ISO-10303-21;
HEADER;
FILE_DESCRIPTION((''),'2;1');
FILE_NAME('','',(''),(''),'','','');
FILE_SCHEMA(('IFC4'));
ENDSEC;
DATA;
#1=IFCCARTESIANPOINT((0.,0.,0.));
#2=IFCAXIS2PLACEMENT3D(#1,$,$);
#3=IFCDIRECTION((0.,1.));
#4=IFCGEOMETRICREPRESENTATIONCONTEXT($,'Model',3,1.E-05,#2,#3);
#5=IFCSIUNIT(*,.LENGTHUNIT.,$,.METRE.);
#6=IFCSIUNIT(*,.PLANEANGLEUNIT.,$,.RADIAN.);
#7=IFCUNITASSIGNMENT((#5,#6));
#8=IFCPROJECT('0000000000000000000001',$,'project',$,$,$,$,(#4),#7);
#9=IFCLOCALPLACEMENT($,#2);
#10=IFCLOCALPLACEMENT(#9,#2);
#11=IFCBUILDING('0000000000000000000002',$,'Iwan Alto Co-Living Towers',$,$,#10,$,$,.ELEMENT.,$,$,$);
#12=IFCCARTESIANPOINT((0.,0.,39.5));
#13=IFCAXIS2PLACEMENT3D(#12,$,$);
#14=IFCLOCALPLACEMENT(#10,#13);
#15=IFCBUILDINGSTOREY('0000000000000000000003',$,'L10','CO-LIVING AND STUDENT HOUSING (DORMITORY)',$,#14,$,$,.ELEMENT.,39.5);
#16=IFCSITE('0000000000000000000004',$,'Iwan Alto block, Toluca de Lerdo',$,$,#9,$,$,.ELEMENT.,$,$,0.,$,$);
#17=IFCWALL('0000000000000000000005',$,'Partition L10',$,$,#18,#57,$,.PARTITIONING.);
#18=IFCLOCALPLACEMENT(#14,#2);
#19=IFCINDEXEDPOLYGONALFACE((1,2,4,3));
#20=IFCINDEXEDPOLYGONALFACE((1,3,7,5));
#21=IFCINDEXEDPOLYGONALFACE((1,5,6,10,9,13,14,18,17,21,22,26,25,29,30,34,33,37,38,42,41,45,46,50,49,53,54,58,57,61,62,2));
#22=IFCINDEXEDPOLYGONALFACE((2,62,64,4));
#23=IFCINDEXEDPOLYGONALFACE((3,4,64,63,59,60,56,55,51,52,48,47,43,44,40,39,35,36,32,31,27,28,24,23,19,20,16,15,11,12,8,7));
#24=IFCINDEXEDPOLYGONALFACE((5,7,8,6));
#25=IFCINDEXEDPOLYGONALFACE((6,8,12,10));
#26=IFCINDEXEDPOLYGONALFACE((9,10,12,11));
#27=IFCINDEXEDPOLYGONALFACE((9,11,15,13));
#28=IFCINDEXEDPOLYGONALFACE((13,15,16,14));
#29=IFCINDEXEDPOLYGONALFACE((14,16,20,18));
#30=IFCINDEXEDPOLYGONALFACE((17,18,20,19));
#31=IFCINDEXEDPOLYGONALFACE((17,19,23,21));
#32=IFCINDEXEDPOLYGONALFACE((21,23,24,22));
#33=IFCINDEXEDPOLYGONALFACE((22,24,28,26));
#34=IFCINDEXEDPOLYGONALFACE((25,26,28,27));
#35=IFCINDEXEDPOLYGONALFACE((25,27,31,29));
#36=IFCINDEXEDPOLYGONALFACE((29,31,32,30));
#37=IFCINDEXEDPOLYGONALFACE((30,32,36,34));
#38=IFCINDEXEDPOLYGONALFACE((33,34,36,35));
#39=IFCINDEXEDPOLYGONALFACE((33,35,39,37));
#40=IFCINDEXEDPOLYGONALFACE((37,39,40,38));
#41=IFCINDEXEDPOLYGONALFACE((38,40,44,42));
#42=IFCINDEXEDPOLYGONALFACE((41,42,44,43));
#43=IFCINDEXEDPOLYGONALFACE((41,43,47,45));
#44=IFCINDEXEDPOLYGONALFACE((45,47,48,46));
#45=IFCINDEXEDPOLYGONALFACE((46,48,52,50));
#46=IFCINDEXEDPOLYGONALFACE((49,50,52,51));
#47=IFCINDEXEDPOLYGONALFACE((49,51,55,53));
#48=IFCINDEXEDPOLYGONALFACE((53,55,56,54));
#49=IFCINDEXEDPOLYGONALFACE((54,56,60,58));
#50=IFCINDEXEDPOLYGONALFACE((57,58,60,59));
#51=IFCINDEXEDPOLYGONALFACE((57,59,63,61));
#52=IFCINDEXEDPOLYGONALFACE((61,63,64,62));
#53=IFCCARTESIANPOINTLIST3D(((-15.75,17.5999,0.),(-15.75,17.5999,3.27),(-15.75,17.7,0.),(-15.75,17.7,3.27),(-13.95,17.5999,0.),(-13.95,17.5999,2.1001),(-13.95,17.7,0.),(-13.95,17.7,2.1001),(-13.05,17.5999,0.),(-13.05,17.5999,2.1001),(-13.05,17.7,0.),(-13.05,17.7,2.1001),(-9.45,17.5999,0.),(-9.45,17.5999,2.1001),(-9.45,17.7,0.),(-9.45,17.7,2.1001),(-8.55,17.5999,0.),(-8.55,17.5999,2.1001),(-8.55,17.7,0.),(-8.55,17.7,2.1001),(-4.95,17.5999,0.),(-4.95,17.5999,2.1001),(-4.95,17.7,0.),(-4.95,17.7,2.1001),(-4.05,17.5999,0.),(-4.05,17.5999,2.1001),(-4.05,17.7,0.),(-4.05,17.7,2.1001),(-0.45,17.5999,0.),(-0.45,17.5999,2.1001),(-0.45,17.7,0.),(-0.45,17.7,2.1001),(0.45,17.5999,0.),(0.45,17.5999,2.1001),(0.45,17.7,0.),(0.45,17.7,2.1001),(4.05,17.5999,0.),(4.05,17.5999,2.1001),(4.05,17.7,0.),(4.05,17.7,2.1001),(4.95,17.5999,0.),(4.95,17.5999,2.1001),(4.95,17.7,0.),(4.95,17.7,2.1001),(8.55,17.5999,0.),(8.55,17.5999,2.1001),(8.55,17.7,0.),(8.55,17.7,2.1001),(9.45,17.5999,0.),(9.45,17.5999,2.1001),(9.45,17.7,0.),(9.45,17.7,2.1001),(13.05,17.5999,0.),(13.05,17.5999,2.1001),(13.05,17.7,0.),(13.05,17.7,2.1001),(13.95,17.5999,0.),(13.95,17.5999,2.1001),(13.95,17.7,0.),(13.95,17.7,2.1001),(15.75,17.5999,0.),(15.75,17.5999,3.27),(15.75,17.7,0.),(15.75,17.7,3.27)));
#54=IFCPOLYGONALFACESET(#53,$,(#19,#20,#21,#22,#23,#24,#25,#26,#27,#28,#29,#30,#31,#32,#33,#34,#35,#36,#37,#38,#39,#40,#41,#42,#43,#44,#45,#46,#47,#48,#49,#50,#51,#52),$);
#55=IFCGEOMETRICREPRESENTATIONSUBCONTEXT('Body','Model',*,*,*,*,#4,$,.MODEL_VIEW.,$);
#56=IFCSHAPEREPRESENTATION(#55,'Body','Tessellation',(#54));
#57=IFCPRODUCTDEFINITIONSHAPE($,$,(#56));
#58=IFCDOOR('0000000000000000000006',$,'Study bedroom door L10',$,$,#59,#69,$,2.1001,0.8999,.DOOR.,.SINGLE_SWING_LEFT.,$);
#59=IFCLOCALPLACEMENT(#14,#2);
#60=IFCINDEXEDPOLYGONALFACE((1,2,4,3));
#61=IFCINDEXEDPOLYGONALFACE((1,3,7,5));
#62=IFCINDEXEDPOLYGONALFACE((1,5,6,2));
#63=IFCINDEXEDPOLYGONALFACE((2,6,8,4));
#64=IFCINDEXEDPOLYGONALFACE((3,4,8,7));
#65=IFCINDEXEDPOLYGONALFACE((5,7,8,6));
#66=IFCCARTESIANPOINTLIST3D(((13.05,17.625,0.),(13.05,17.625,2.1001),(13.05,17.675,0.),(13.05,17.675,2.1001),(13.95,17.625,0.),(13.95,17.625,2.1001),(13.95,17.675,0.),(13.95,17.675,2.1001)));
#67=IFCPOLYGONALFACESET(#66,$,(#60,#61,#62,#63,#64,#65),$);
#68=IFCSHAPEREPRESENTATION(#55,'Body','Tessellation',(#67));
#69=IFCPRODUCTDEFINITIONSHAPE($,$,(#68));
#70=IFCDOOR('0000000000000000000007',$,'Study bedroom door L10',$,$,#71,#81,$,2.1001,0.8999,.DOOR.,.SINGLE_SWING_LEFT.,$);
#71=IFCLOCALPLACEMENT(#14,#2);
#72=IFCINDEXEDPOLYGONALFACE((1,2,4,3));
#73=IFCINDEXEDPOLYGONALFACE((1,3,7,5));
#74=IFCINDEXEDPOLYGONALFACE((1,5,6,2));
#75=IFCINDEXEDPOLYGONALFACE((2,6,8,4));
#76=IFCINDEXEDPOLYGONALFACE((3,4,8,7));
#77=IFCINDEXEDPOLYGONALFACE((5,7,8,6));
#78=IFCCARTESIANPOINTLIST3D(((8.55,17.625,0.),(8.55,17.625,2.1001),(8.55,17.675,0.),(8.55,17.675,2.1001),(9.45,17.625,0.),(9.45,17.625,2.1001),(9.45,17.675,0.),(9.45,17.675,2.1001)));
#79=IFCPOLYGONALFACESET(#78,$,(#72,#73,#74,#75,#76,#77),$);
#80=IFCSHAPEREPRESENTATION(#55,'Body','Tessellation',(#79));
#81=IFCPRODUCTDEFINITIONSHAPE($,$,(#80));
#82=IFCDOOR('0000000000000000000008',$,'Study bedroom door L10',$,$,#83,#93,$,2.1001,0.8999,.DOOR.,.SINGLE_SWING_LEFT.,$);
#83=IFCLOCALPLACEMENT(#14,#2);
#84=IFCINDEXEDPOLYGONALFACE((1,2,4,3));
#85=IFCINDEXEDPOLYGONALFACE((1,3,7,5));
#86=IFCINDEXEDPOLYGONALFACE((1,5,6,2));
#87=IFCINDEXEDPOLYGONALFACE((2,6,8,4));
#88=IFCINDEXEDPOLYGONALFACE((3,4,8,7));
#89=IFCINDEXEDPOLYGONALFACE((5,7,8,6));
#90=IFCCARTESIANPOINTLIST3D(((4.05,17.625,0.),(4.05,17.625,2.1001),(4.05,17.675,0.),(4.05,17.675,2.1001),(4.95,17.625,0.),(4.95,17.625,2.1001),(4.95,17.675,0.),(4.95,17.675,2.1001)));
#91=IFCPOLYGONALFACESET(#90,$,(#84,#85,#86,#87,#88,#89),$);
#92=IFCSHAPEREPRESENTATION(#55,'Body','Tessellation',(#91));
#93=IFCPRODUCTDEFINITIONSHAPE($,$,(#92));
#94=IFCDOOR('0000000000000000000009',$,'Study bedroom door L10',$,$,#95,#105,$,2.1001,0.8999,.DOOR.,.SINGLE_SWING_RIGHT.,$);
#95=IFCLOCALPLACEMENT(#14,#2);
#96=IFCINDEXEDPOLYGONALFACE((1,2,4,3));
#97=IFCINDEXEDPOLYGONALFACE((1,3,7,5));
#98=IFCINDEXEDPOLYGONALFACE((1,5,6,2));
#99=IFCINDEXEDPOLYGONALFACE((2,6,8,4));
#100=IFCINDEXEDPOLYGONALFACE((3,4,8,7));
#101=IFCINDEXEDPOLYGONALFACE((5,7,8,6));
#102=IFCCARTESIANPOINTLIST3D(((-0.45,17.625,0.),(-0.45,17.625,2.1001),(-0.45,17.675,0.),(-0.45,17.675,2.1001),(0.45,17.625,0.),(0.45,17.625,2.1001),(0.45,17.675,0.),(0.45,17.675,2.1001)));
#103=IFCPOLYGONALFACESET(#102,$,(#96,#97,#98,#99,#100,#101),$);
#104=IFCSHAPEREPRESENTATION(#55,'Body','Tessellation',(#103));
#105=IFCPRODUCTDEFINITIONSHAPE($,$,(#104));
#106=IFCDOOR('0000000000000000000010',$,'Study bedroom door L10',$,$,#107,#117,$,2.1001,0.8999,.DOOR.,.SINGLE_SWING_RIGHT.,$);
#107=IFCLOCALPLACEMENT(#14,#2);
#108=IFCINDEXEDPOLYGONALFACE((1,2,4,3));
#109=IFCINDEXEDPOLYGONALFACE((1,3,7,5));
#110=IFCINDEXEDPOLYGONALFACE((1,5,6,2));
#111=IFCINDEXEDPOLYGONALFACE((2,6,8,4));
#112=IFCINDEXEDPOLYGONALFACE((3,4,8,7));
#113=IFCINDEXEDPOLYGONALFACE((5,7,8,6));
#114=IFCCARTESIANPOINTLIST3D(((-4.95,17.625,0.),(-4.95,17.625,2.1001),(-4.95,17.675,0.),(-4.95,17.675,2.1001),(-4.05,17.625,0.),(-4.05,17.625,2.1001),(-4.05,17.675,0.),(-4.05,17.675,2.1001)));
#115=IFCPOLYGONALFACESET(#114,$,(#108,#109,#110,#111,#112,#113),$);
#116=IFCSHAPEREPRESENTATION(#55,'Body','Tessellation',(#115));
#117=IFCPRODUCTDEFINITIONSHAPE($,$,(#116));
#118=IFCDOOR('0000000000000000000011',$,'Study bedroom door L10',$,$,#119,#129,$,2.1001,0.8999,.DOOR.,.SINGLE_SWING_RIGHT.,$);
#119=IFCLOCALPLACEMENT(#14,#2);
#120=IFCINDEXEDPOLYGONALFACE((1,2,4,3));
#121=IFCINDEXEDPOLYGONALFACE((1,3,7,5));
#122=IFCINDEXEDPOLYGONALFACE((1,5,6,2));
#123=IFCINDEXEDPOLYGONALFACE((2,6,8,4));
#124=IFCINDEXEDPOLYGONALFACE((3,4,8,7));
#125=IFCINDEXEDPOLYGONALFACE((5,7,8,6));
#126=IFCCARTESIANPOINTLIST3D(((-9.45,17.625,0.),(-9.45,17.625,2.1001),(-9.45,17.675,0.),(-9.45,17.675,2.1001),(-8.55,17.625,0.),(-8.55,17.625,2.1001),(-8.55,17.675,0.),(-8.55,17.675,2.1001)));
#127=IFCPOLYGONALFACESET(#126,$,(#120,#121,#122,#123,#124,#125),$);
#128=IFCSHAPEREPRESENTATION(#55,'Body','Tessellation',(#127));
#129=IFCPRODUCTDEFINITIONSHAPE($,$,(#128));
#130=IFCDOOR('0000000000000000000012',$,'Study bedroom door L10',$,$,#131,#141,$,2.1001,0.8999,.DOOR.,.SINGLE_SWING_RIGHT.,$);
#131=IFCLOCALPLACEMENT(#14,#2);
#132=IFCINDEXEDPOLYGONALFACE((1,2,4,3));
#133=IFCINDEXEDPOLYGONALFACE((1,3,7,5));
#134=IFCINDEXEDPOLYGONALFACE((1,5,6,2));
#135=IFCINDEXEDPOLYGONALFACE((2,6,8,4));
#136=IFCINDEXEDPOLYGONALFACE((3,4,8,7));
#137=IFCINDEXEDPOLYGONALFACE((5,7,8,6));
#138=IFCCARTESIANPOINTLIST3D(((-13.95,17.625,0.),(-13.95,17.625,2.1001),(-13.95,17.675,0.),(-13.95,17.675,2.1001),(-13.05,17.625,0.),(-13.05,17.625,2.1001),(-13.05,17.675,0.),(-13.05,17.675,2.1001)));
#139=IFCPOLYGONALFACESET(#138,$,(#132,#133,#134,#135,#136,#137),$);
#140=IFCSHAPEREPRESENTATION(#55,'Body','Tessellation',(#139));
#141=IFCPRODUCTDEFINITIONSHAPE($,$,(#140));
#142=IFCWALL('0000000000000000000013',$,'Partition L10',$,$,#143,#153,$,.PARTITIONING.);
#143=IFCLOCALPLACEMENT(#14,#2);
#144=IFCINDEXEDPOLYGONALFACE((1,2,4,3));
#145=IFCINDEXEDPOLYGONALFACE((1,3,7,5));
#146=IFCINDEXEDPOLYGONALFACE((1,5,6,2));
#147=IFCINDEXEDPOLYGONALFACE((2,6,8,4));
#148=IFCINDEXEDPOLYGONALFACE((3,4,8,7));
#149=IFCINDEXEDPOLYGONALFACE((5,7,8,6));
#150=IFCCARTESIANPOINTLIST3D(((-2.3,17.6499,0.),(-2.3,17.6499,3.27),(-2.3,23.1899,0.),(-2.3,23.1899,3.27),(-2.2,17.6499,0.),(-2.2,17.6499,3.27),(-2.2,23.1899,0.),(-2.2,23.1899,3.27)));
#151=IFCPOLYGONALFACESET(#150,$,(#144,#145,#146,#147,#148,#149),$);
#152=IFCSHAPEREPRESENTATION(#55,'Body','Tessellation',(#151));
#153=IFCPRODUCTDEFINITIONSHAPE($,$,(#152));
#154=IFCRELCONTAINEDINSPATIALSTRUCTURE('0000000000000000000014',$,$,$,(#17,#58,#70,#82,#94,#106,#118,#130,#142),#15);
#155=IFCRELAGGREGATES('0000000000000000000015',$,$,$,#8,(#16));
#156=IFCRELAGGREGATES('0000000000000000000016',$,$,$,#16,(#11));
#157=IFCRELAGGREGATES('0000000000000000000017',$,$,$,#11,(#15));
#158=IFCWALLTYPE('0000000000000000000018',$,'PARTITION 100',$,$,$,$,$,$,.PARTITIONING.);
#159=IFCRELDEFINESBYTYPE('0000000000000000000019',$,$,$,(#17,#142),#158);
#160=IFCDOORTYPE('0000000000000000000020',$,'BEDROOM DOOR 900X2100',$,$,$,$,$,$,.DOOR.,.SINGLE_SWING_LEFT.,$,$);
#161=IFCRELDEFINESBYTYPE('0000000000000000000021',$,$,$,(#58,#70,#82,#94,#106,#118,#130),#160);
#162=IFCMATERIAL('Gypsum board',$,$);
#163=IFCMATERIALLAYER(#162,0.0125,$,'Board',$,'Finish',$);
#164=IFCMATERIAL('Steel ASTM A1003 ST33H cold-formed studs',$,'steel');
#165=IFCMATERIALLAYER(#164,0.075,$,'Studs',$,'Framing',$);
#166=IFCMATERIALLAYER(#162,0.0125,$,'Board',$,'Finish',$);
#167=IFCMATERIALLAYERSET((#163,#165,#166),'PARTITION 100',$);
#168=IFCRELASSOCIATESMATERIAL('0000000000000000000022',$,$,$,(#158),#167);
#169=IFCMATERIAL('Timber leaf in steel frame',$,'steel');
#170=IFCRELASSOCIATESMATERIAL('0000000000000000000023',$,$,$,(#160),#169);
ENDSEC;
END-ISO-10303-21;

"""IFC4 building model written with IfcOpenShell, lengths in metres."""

from ifc_helpers import new_model, si_unit, direction, frame, frame_2d, origin, place, context, subcontext, project, spatial, rectangle, extrude, material, layer, layer_set, type_object, element, fill, save


model = new_model("IFC4")

# Units and contexts
model_context = context("Model", 3, precision=1e-05, world=origin(), true_north=direction((0.0, 1.0)))
body_context = subcontext(model_context, "Body", "Model", "MODEL_VIEW")
ifc_project = project(units=[si_unit("LENGTHUNIT", "METRE"), si_unit("PLANEANGLEUNIT", "RADIAN")], contexts=[model_context])

# Site, building, storey
site_placement = place(None, origin())
site = spatial("IfcSite", under=ifc_project, at=site_placement, Name="Iwan Alto block, Toluca de Lerdo", CompositionType="ELEMENT", RefElevation=0.0)
building_placement = place(site_placement, origin())
building = spatial("IfcBuilding", under=site, at=building_placement, Name="Iwan Alto Co-Living Towers", CompositionType="ELEMENT")
storey_placement = place(building_placement, frame((0.0, 0.0, 39.5)))
storey = spatial("IfcBuildingStorey", under=building, at=storey_placement, Name="L10", Description="CO-LIVING AND STUDENT HOUSING (DORMITORY)", CompositionType="ELEMENT", Elevation=39.5)

# Wall, openings, doors
ifc_material_1 = material(Name="Gypsum board")
ifc_layer_1 = layer(ifc_material_1, 0.0125, Name="Board", Category="Finish")
ifc_material_2 = material(Name="Steel ASTM A1003 ST33H cold-formed studs", Category="steel")
ifc_layer_2 = layer(ifc_material_2, 0.075, Name="Studs", Category="Framing")
ifc_layer_3 = layer(ifc_material_1, 0.0125, Name="Board", Category="Finish")
ifc_layer_set_1 = layer_set([ifc_layer_1, ifc_layer_2, ifc_layer_3], Name="PARTITION 100")
wall_type = type_object("IfcWallType", Name="PARTITION 100", PredefinedType="PARTITIONING", material=ifc_layer_set_1)
wall_placement = place(storey_placement, frame((-15.75, 17.6499, 0.0), z_axis=(0.0, 0.0, 1.0), x_axis=(1.0, 0.0, 0.0)))
wall = element("IfcWall", 1, at=wall_placement, inside=storey, type_object=wall_type, Name="Partition L10", PredefinedType="PARTITIONING", context=body_context, shape_type="SweptSolid", body=[
    extrude(rectangle(XDim=31.5, YDim=0.1001, at=frame_2d((15.75, 0.0))), origin(), (0.0, 0.0, 1.0), 3.27),
])
opening_1_placement = place(wall_placement, frame((28.8, 0.0, 0.0)))
opening_1 = element("IfcOpeningElement", 2, at=opening_1_placement, cuts=wall, PredefinedType="OPENING", context=body_context, shape_type="SweptSolid", body=[
    extrude(rectangle(XDim=0.8999, YDim=2.1001, at=frame_2d((0.45, 1.05))), frame((0.0, 0.0601, 0.0), z_axis=(0.0, -1.0, 0.0), x_axis=(1.0, 0.0, 0.0)), (0.0, 0.0, 1.0), 0.1201),
])
opening_2_placement = place(wall_placement, frame((24.3, 0.0, 0.0)))
opening_2 = element("IfcOpeningElement", 3, at=opening_2_placement, cuts=wall, PredefinedType="OPENING", context=body_context, shape_type="SweptSolid", body=[
    extrude(rectangle(XDim=0.8999, YDim=2.1001, at=frame_2d((0.45, 1.05))), frame((0.0, 0.0601, 0.0), z_axis=(0.0, -1.0, 0.0), x_axis=(1.0, 0.0, 0.0)), (0.0, 0.0, 1.0), 0.1201),
])
opening_3_placement = place(wall_placement, frame((19.8, 0.0, 0.0)))
opening_3 = element("IfcOpeningElement", 4, at=opening_3_placement, cuts=wall, PredefinedType="OPENING", context=body_context, shape_type="SweptSolid", body=[
    extrude(rectangle(XDim=0.8999, YDim=2.1001, at=frame_2d((0.45, 1.05))), frame((0.0, 0.0601, 0.0), z_axis=(0.0, -1.0, 0.0), x_axis=(1.0, 0.0, 0.0)), (0.0, 0.0, 1.0), 0.1201),
])
opening_4_placement = place(wall_placement, frame((15.3, 0.0, 0.0)))
opening_4 = element("IfcOpeningElement", 5, at=opening_4_placement, cuts=wall, PredefinedType="OPENING", context=body_context, shape_type="SweptSolid", body=[
    extrude(rectangle(XDim=0.8999, YDim=2.1001, at=frame_2d((0.45, 1.05))), frame((0.0, 0.0601, 0.0), z_axis=(0.0, -1.0, 0.0), x_axis=(1.0, 0.0, 0.0)), (0.0, 0.0, 1.0), 0.1201),
])
opening_5_placement = place(wall_placement, frame((10.8, 0.0, 0.0)))
opening_5 = element("IfcOpeningElement", 6, at=opening_5_placement, cuts=wall, PredefinedType="OPENING", context=body_context, shape_type="SweptSolid", body=[
    extrude(rectangle(XDim=0.8999, YDim=2.1001, at=frame_2d((0.45, 1.05))), frame((0.0, 0.0601, 0.0), z_axis=(0.0, -1.0, 0.0), x_axis=(1.0, 0.0, 0.0)), (0.0, 0.0, 1.0), 0.1201),
])
opening_6_placement = place(wall_placement, frame((6.3, 0.0, 0.0)))
opening_6 = element("IfcOpeningElement", 7, at=opening_6_placement, cuts=wall, PredefinedType="OPENING", context=body_context, shape_type="SweptSolid", body=[
    extrude(rectangle(XDim=0.8999, YDim=2.1001, at=frame_2d((0.45, 1.05))), frame((0.0, 0.0601, 0.0), z_axis=(0.0, -1.0, 0.0), x_axis=(1.0, 0.0, 0.0)), (0.0, 0.0, 1.0), 0.1201),
])
opening_7_placement = place(wall_placement, frame((1.8, 0.0, 0.0)))
opening_7 = element("IfcOpeningElement", 8, at=opening_7_placement, cuts=wall, PredefinedType="OPENING", context=body_context, shape_type="SweptSolid", body=[
    extrude(rectangle(XDim=0.8999, YDim=2.1001, at=frame_2d((0.45, 1.05))), frame((0.0, 0.0601, 0.0), z_axis=(0.0, -1.0, 0.0), x_axis=(1.0, 0.0, 0.0)), (0.0, 0.0, 1.0), 0.1201),
])
ifc_material_3 = material(Name="Timber leaf in steel frame", Category="steel")
door_type = type_object("IfcDoorType", Name="BEDROOM DOOR 900X2100", OperationType="SINGLE_SWING_LEFT", PredefinedType="DOOR", material=ifc_material_3)
door_1_placement = place(opening_1_placement, frame((0.8999, 0.0, 0.0), z_axis=(0.0, 0.0, 1.0), x_axis=(-1.0, 0.0, 0.0)))
door_1 = element("IfcDoor", 9, at=door_1_placement, inside=storey, type_object=door_type, Name="Study bedroom door L10", OperationType="SINGLE_SWING_LEFT", OverallHeight=2.1001, OverallWidth=0.8999, PredefinedType="DOOR", context=body_context, shape_type="SweptSolid", body=[
    extrude(rectangle(XDim=0.8999, YDim=2.1001, at=frame_2d((0.45, 1.05))), frame((0.0, 0.0249, 0.0), z_axis=(0.0, -1.0, 0.0), x_axis=(1.0, 0.0, 0.0)), (0.0, 0.0, 1.0), 0.05),
])
fill(opening_1, door_1)
door_2_placement = place(opening_2_placement, frame((0.8999, 0.0, 0.0), z_axis=(0.0, 0.0, 1.0), x_axis=(-1.0, 0.0, 0.0)))
door_2 = element("IfcDoor", 10, at=door_2_placement, inside=storey, type_object=door_type, Name="Study bedroom door L10", OperationType="SINGLE_SWING_LEFT", OverallHeight=2.1001, OverallWidth=0.8999, PredefinedType="DOOR", context=body_context, shape_type="SweptSolid", body=[
    extrude(rectangle(XDim=0.8999, YDim=2.1001, at=frame_2d((0.45, 1.05))), frame((0.0, 0.0249, 0.0), z_axis=(0.0, -1.0, 0.0), x_axis=(1.0, 0.0, 0.0)), (0.0, 0.0, 1.0), 0.05),
])
fill(opening_2, door_2)
door_3_placement = place(opening_3_placement, frame((0.8999, 0.0, 0.0), z_axis=(0.0, 0.0, 1.0), x_axis=(-1.0, 0.0, 0.0)))
door_3 = element("IfcDoor", 11, at=door_3_placement, inside=storey, type_object=door_type, Name="Study bedroom door L10", OperationType="SINGLE_SWING_LEFT", OverallHeight=2.1001, OverallWidth=0.8999, PredefinedType="DOOR", context=body_context, shape_type="SweptSolid", body=[
    extrude(rectangle(XDim=0.8999, YDim=2.1001, at=frame_2d((0.45, 1.05))), frame((0.0, 0.0249, 0.0), z_axis=(0.0, -1.0, 0.0), x_axis=(1.0, 0.0, 0.0)), (0.0, 0.0, 1.0), 0.05),
])
fill(opening_3, door_3)
door_4_placement = place(opening_4_placement, frame((0.8999, 0.0, 0.0), z_axis=(0.0, 0.0, 1.0), x_axis=(-1.0, 0.0, 0.0)))
door_4 = element("IfcDoor", 12, at=door_4_placement, inside=storey, type_object=door_type, Name="Study bedroom door L10", OperationType="SINGLE_SWING_RIGHT", OverallHeight=2.1001, OverallWidth=0.8999, PredefinedType="DOOR", context=body_context, shape_type="SweptSolid", body=[
    extrude(rectangle(XDim=0.8999, YDim=2.1001, at=frame_2d((0.45, 1.05))), frame((0.0, 0.0249, 0.0), z_axis=(0.0, -1.0, 0.0), x_axis=(1.0, 0.0, 0.0)), (0.0, 0.0, 1.0), 0.05),
])
fill(opening_4, door_4)
door_5_placement = place(opening_5_placement, frame((0.8999, 0.0, 0.0), z_axis=(0.0, 0.0, 1.0), x_axis=(-1.0, 0.0, 0.0)))
door_5 = element("IfcDoor", 13, at=door_5_placement, inside=storey, type_object=door_type, Name="Study bedroom door L10", OperationType="SINGLE_SWING_RIGHT", OverallHeight=2.1001, OverallWidth=0.8999, PredefinedType="DOOR", context=body_context, shape_type="SweptSolid", body=[
    extrude(rectangle(XDim=0.8999, YDim=2.1001, at=frame_2d((0.45, 1.05))), frame((0.0, 0.0249, 0.0), z_axis=(0.0, -1.0, 0.0), x_axis=(1.0, 0.0, 0.0)), (0.0, 0.0, 1.0), 0.05),
])
fill(opening_5, door_5)
door_6_placement = place(opening_6_placement, frame((0.8999, 0.0, 0.0), z_axis=(0.0, 0.0, 1.0), x_axis=(-1.0, 0.0, 0.0)))
door_6 = element("IfcDoor", 14, at=door_6_placement, inside=storey, type_object=door_type, Name="Study bedroom door L10", OperationType="SINGLE_SWING_RIGHT", OverallHeight=2.1001, OverallWidth=0.8999, PredefinedType="DOOR", context=body_context, shape_type="SweptSolid", body=[
    extrude(rectangle(XDim=0.8999, YDim=2.1001, at=frame_2d((0.45, 1.05))), frame((0.0, 0.0249, 0.0), z_axis=(0.0, -1.0, 0.0), x_axis=(1.0, 0.0, 0.0)), (0.0, 0.0, 1.0), 0.05),
])
fill(opening_6, door_6)
door_7_placement = place(opening_7_placement, frame((0.8999, 0.0, 0.0), z_axis=(0.0, 0.0, 1.0), x_axis=(-1.0, 0.0, 0.0)))
door_7 = element("IfcDoor", 15, at=door_7_placement, inside=storey, type_object=door_type, Name="Study bedroom door L10", OperationType="SINGLE_SWING_RIGHT", OverallHeight=2.1001, OverallWidth=0.8999, PredefinedType="DOOR", context=body_context, shape_type="SweptSolid", body=[
    extrude(rectangle(XDim=0.8999, YDim=2.1001, at=frame_2d((0.45, 1.05))), frame((0.0, 0.0249, 0.0), z_axis=(0.0, -1.0, 0.0), x_axis=(1.0, 0.0, 0.0)), (0.0, 0.0, 1.0), 0.05),
])
fill(opening_7, door_7)

# Wall
for number, where, z_axis, x_axis, name in (
    (16, (-2.25, 17.6499, 0.0), (0.0, 0.0, 1.0), (0.0, 1.0, 0.0), "Partition L10"),
):
    element("IfcWall", number, at=place(storey_placement, frame(where, z_axis=z_axis, x_axis=x_axis)), inside=storey, type_object=wall_type, Name=name, PredefinedType="PARTITIONING", context=body_context, shape_type="SweptSolid", body=[
        extrude(rectangle(XDim=5.54, YDim=0.1001, at=frame_2d((2.77, 0.0))), origin(), (0.0, 0.0, 1.0), 3.27),
    ])

save(model, "model.ifc")
